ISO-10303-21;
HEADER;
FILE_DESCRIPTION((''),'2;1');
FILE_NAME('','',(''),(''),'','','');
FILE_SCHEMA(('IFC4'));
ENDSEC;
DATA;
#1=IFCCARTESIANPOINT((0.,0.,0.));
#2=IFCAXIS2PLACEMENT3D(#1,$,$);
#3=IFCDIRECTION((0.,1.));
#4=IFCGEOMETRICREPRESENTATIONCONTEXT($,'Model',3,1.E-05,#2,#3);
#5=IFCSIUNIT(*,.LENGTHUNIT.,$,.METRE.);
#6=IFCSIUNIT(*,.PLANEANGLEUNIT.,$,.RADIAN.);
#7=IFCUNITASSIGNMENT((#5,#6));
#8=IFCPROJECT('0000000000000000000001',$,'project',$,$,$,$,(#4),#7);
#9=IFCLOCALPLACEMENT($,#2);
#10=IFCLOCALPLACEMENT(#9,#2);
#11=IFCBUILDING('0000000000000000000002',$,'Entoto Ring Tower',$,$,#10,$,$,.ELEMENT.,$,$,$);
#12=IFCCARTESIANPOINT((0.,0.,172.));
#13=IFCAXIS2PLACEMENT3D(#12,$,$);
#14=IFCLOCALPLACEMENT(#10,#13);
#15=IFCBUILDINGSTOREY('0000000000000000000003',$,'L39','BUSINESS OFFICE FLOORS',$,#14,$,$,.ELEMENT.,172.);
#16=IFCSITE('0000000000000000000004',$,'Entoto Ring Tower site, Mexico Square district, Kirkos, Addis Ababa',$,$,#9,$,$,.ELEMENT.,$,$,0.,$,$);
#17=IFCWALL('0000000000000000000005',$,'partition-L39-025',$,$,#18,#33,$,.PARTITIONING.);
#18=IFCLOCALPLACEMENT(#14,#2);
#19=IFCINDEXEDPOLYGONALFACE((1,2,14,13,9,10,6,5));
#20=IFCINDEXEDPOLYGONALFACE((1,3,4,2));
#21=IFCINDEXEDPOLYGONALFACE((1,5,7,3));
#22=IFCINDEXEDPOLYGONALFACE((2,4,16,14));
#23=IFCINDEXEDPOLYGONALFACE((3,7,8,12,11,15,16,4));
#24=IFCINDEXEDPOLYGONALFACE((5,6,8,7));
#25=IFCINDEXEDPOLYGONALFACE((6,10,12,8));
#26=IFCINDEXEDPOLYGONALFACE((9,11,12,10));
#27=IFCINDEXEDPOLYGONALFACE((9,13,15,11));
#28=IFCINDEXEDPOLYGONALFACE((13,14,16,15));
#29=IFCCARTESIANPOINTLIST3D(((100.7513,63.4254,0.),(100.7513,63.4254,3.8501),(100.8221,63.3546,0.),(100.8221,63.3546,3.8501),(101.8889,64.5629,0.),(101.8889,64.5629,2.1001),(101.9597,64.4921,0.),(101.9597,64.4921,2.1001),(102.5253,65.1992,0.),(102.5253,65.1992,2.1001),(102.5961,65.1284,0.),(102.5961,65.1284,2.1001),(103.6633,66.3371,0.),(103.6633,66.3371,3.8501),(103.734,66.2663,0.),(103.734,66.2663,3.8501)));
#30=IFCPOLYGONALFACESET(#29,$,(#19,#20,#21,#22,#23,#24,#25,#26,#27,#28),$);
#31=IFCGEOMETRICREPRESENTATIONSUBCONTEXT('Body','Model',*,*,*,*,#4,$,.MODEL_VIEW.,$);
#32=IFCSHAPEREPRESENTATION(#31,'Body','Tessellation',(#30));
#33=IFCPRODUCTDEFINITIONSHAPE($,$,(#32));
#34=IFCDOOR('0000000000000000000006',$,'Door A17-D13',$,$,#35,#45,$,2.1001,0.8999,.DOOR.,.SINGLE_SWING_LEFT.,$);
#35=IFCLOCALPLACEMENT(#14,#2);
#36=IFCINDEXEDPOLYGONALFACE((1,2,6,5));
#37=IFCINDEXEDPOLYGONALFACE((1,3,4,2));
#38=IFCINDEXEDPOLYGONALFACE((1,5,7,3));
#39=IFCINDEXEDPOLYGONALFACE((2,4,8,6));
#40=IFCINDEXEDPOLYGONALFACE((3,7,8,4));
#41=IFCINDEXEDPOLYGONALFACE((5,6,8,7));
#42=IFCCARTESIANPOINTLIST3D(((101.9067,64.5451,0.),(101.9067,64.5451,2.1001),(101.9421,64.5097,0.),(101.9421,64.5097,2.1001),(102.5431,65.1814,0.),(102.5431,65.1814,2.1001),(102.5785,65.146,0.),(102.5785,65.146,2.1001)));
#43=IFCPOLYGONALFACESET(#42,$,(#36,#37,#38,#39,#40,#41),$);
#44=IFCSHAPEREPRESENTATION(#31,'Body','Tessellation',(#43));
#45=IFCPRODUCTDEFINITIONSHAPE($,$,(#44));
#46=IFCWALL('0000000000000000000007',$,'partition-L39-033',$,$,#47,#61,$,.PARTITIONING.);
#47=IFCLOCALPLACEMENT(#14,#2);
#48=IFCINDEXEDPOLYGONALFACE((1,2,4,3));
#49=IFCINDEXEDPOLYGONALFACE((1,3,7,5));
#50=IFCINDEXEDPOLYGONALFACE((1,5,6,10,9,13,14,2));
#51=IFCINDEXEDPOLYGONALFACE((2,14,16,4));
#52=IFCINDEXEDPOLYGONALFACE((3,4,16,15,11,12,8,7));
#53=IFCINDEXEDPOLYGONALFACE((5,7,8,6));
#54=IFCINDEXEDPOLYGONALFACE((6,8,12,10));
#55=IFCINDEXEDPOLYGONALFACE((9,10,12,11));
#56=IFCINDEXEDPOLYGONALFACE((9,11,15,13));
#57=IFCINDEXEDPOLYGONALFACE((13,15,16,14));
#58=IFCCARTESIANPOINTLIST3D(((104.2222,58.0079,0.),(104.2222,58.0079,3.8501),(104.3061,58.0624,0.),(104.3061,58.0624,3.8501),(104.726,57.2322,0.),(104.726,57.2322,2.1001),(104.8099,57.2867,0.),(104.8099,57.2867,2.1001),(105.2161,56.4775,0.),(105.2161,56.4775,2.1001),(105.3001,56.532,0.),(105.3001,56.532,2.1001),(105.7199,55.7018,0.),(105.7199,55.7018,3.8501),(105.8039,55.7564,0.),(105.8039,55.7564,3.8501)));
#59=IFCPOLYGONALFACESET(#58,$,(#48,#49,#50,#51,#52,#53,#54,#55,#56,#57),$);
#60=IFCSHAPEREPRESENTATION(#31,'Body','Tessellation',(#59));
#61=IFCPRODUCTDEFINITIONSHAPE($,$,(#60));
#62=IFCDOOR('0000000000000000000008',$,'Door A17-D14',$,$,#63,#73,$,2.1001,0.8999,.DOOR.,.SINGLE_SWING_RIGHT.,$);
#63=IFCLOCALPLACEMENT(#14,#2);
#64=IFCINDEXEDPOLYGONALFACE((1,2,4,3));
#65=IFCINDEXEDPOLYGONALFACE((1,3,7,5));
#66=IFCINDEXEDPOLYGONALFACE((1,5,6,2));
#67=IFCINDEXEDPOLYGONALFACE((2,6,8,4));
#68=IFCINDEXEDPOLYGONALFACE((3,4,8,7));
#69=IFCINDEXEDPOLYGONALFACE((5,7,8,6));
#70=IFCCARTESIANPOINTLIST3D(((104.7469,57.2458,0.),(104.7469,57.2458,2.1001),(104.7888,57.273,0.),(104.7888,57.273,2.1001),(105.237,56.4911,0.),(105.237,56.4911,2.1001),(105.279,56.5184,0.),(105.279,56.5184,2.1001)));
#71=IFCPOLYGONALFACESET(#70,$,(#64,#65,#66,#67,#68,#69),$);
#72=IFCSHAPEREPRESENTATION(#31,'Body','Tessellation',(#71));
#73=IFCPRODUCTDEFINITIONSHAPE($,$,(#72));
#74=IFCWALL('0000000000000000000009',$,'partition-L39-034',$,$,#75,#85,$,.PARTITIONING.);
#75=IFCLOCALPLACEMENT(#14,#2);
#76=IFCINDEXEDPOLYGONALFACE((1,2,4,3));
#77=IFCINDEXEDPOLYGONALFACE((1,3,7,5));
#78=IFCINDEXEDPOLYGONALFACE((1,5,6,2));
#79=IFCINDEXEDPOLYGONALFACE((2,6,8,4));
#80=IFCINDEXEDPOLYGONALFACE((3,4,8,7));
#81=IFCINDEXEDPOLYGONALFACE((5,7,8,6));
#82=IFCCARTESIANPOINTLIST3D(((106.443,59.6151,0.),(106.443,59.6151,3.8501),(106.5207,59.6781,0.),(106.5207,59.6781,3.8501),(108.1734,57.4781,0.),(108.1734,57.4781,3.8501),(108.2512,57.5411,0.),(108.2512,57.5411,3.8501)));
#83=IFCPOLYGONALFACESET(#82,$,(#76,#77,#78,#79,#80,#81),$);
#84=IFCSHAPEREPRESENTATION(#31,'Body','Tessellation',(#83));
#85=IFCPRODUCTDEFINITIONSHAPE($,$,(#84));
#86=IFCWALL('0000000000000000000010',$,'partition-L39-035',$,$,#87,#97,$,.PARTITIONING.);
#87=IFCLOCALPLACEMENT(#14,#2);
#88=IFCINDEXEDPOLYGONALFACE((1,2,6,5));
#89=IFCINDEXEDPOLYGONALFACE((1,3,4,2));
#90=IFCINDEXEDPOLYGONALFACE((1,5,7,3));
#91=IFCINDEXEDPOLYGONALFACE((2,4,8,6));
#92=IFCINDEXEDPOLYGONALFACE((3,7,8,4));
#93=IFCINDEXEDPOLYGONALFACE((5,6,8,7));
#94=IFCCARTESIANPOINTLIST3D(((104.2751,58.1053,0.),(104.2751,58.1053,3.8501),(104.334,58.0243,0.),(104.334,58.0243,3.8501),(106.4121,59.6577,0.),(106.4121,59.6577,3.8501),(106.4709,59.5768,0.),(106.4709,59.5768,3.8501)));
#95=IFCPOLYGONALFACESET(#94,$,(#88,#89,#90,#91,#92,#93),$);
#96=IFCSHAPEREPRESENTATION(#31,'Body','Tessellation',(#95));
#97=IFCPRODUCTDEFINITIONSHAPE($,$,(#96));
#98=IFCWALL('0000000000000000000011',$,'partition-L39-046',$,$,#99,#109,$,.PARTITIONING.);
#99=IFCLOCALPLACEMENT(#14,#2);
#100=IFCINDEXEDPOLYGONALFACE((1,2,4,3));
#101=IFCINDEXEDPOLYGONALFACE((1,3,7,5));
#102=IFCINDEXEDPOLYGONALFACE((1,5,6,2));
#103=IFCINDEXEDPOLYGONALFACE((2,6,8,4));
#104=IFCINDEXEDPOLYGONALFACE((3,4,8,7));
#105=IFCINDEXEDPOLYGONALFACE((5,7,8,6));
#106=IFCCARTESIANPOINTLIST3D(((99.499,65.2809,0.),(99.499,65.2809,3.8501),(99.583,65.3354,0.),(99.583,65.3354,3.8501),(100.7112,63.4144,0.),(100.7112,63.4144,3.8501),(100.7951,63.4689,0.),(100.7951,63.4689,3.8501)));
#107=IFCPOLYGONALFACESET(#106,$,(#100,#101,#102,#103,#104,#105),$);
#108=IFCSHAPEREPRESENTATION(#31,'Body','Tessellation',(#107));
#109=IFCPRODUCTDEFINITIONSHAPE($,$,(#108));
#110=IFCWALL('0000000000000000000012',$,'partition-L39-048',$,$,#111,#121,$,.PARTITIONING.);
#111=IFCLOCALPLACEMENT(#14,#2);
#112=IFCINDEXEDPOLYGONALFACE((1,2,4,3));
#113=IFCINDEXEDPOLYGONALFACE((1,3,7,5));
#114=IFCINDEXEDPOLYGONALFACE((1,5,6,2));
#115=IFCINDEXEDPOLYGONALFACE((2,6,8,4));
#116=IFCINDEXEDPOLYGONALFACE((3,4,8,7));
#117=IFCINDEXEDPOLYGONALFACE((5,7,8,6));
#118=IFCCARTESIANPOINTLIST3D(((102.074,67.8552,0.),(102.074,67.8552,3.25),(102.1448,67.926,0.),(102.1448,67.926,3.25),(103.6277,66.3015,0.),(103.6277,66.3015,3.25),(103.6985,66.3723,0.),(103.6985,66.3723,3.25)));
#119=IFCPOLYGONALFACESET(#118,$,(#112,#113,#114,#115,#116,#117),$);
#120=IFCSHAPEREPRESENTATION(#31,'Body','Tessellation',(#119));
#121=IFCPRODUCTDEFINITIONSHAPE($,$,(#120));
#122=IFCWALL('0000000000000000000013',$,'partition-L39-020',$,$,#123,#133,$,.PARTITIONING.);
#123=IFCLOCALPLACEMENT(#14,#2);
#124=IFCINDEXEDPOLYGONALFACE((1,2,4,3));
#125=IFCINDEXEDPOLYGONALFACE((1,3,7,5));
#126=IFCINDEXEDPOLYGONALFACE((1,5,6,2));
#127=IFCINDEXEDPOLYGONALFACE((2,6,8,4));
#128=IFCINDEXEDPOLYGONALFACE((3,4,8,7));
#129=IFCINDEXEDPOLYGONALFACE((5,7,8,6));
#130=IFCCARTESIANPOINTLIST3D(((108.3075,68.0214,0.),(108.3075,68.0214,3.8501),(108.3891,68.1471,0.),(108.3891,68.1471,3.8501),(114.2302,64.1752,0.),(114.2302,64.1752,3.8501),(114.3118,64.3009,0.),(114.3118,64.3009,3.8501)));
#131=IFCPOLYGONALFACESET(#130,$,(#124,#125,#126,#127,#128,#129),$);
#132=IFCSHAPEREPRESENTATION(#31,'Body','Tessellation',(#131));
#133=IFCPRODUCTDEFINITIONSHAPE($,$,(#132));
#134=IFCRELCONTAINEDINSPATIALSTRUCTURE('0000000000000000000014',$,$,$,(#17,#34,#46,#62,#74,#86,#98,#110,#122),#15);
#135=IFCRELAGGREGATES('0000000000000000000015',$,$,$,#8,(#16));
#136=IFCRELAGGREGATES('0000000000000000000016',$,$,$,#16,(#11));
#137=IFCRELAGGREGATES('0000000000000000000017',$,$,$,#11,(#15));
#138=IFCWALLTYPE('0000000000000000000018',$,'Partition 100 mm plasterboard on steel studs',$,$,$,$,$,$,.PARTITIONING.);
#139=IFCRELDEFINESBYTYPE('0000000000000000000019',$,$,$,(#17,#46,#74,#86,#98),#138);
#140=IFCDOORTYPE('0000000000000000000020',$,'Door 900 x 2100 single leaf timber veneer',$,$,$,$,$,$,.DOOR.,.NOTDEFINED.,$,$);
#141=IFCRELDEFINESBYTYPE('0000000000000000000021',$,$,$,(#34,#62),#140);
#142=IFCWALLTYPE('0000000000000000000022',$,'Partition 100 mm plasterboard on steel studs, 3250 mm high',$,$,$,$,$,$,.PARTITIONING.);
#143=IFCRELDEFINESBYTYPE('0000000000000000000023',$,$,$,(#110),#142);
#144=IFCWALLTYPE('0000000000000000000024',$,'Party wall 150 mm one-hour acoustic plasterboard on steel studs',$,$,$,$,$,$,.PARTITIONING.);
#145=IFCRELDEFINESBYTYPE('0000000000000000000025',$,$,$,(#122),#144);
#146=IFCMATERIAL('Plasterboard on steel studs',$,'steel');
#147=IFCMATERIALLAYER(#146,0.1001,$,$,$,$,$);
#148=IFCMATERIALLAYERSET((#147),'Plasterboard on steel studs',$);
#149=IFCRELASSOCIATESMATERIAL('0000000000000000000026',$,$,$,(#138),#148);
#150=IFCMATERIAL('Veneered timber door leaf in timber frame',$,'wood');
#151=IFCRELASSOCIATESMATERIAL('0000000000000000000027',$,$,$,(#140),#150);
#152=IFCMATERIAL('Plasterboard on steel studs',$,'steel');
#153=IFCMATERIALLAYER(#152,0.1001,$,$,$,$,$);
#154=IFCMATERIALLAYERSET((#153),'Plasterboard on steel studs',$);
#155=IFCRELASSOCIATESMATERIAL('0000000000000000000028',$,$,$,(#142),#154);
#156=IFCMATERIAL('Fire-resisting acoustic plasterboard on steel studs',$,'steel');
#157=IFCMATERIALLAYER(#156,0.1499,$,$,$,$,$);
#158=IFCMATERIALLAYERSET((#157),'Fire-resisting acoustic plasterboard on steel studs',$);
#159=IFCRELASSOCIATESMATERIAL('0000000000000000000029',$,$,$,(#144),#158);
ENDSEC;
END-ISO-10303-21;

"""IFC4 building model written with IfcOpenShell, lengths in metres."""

from ifc_helpers import new_model, si_unit, direction, frame, frame_2d, origin, place, context, subcontext, project, spatial, rectangle, extrude, material, layer, layer_set, type_object, element, fill, save


model = new_model("IFC4")

# Units and contexts
model_context = context("Model", 3, precision=1e-05, world=origin(), true_north=direction((0.0, 1.0)))
body_context = subcontext(model_context, "Body", "Model", "MODEL_VIEW")
ifc_project = project(units=[si_unit("LENGTHUNIT", "METRE"), si_unit("PLANEANGLEUNIT", "RADIAN")], contexts=[model_context])

# Site, building, storey
site_placement = place(None, origin())
site = spatial("IfcSite", under=ifc_project, at=site_placement, Name="Entoto Ring Tower site, Mexico Square district, Kirkos, Addis Ababa", CompositionType="ELEMENT", RefElevation=0.0)
building_placement = place(site_placement, origin())
building = spatial("IfcBuilding", under=site, at=building_placement, Name="Entoto Ring Tower", CompositionType="ELEMENT")
storey_placement = place(building_placement, frame((0.0, 0.0, 172.0)))
storey = spatial("IfcBuildingStorey", under=building, at=storey_placement, Name="L39", Description="BUSINESS OFFICE FLOORS", CompositionType="ELEMENT", Elevation=172.0)

# Walls, openings, doors
ifc_material_1 = material(Name="Plasterboard on steel studs", Category="steel")
ifc_layer_1 = layer(ifc_material_1, 0.1001)
ifc_layer_set_1 = layer_set([ifc_layer_1], Name="Plasterboard on steel studs")
wall_type_1 = type_object("IfcWallType", Name="Partition 100 mm plasterboard on steel studs", PredefinedType="PARTITIONING", material=ifc_layer_set_1)
wall_1_placement = place(storey_placement, frame((100.7866, 63.3899, 0.0), z_axis=(0.0, 0.0, 1.0), x_axis=(0.707136, 0.707077, 0.0)))
wall_1 = element("IfcWall", 1, at=wall_1_placement, inside=storey, type_object=wall_type_1, Name="partition-L39-025", PredefinedType="PARTITIONING", context=body_context, shape_type="SweptSolid", body=[
    extrude(rectangle(XDim=4.1179, YDim=0.1001, at=frame_2d((2.0591, 0.0))), origin(), (0.0, 0.0, 1.0), 3.8501),
])
opening_1_placement = place(wall_1_placement, frame((1.6089, 0.0, 0.0)))
opening_1 = element("IfcOpeningElement", 2, at=opening_1_placement, cuts=wall_1, PredefinedType="OPENING", context=body_context, shape_type="SweptSolid", body=[
    extrude(rectangle(XDim=0.8999, YDim=2.1001, at=frame_2d((0.45, 1.05))), frame((0.0, 0.0601, 0.0), z_axis=(0.0, -1.0, 0.0), x_axis=(1.0, 0.0, 0.0)), (0.0, 0.0, 1.0), 0.1201),
])
ifc_material_2 = material(Name="Veneered timber door leaf in timber frame", Category="wood")
door_type_1 = type_object("IfcDoorType", Name="Door 900 x 2100 single leaf timber veneer", OperationType="NOTDEFINED", PredefinedType="DOOR", material=ifc_material_2)
door_1_placement = place(opening_1_placement, origin())
door_1 = element("IfcDoor", 3, at=door_1_placement, inside=storey, type_object=door_type_1, Name="Door A17-D13", OperationType="SINGLE_SWING_LEFT", OverallHeight=2.1001, OverallWidth=0.8999, PredefinedType="DOOR", context=body_context, shape_type="SweptSolid", body=[
    extrude(rectangle(XDim=0.8999, YDim=2.1001, at=frame_2d((0.45, 1.05))), frame((0.0, 0.0249, 0.0), z_axis=(0.0, -1.0, 0.0), x_axis=(1.0, 0.0, 0.0)), (0.0, 0.0, 1.0), 0.05),
])
fill(opening_1, door_1)
wall_2_placement = place(storey_placement, frame((105.762, 55.729, 0.0), z_axis=(0.0, 0.0, 1.0), x_axis=(-0.544682, 0.838642, 0.0)))
wall_2 = element("IfcWall", 4, at=wall_2_placement, inside=storey, type_object=wall_type_1, Name="partition-L39-033", PredefinedType="PARTITIONING", context=body_context, shape_type="SweptSolid", body=[
    extrude(rectangle(XDim=2.7498, YDim=0.1001, at=frame_2d((1.375, 0.0))), origin(), (0.0, 0.0, 1.0), 3.8501),
])
opening_2_placement = place(wall_2_placement, frame((0.925, 0.0, 0.0)))
opening_2 = element("IfcOpeningElement", 5, at=opening_2_placement, cuts=wall_2, PredefinedType="OPENING", context=body_context, shape_type="SweptSolid", body=[
    extrude(rectangle(XDim=0.8999, YDim=2.1001, at=frame_2d((0.45, 1.05))), frame((0.0, 0.0601, 0.0), z_axis=(0.0, -1.0, 0.0), x_axis=(1.0, 0.0, 0.0)), (0.0, 0.0, 1.0), 0.1201),
])
door_2_placement = place(opening_2_placement, frame((0.8999, 0.0, 0.0), z_axis=(0.0, 0.0, 1.0), x_axis=(-1.0, 0.0, 0.0)))
door_2 = element("IfcDoor", 6, at=door_2_placement, inside=storey, type_object=door_type_1, Name="Door A17-D14", OperationType="SINGLE_SWING_RIGHT", OverallHeight=2.1001, OverallWidth=0.8999, PredefinedType="DOOR", context=body_context, shape_type="SweptSolid", body=[
    extrude(rectangle(XDim=0.8999, YDim=2.1001, at=frame_2d((0.45, 1.05))), frame((0.0, 0.0249, 0.0), z_axis=(0.0, -1.0, 0.0), x_axis=(1.0, 0.0, 0.0)), (0.0, 0.0, 1.0), 0.05),
])
fill(opening_2, door_2)

# Walls
wall_3_placement = place(storey_placement, frame((108.2124, 57.5095, 0.0), z_axis=(0.0, 0.0, 1.0), x_axis=(-0.629318, 0.777148, 0.0)))
element("IfcWall", 7, at=wall_3_placement, inside=storey, type_object=wall_type_1, Name="partition-L39-034", PredefinedType="PARTITIONING", context=body_context, shape_type="SweptSolid", body=[
    extrude(rectangle(XDim=2.7498, YDim=0.1001, at=frame_2d((1.375, 0.0))), origin(), (0.0, 0.0, 1.0), 3.8501),
])
wall_4_placement = place(storey_placement, frame((104.3044, 58.0647, 0.0), z_axis=(0.0, 0.0, 1.0), x_axis=(0.809036, 0.587759, 0.0)))
element("IfcWall", 8, at=wall_4_placement, inside=storey, type_object=wall_type_1, Name="partition-L39-035", PredefinedType="PARTITIONING", context=body_context, shape_type="SweptSolid", body=[
    extrude(rectangle(XDim=2.6414, YDim=0.1001, at=frame_2d((1.3208, 0.0))), origin(), (0.0, 0.0, 1.0), 3.8501),
])
wall_5_placement = place(storey_placement, frame((100.7532, 63.4417, 0.0), z_axis=(0.0, 0.0, 1.0), x_axis=(-0.544661, 0.838657, 0.0)))
element("IfcWall", 9, at=wall_5_placement, inside=storey, type_object=wall_type_1, Name="partition-L39-046", PredefinedType="PARTITIONING", context=body_context, shape_type="SweptSolid", body=[
    extrude(rectangle(XDim=2.2256, YDim=0.1001, at=frame_2d((1.1128, 0.0))), origin(), (0.0, 0.0, 1.0), 3.8501),
])
ifc_material_3 = material(Name="Plasterboard on steel studs", Category="steel")
ifc_layer_2 = layer(ifc_material_3, 0.1001)
ifc_layer_set_2 = layer_set([ifc_layer_2], Name="Plasterboard on steel studs")
wall_type_2 = type_object("IfcWallType", Name="Partition 100 mm plasterboard on steel studs, 3250 mm high", PredefinedType="PARTITIONING", material=ifc_layer_set_2)
wall_6_placement = place(storey_placement, frame((103.6631, 66.3369, 0.0), z_axis=(0.0, 0.0, 1.0), x_axis=(-0.707107, 0.707107, 0.0)))
element("IfcWall", 10, at=wall_6_placement, inside=storey, type_object=wall_type_2, Name="partition-L39-048", PredefinedType="PARTITIONING", context=body_context, shape_type="SweptSolid", body=[
    extrude(rectangle(XDim=2.1973, YDim=0.1001, at=frame_2d((1.0986, 0.0))), origin(), (0.0, 0.0, 1.0), 3.25),
])
ifc_material_4 = material(Name="Fire-resisting acoustic plasterboard on steel studs", Category="steel")
ifc_layer_3 = layer(ifc_material_4, 0.1499)
ifc_layer_set_3 = layer_set([ifc_layer_3], Name="Fire-resisting acoustic plasterboard on steel studs")
wall_type_3 = type_object("IfcWallType", Name="Party wall 150 mm one-hour acoustic plasterboard on steel studs", PredefinedType="PARTITIONING", material=ifc_layer_set_3)
wall_7_placement = place(storey_placement, frame((114.271, 64.238, 0.0), z_axis=(0.0, 0.0, 1.0), x_axis=(-0.83867, 0.54464, 0.0)))
element("IfcWall", 11, at=wall_7_placement, inside=storey, type_object=wall_type_3, Name="partition-L39-020", PredefinedType="PARTITIONING", context=body_context, shape_type="SweptSolid", body=[
    extrude(rectangle(XDim=7.062, YDim=0.1499, at=frame_2d((3.531, 0.0))), origin(), (0.0, 0.0, 1.0), 3.8501),
])

save(model, "model.ifc")
